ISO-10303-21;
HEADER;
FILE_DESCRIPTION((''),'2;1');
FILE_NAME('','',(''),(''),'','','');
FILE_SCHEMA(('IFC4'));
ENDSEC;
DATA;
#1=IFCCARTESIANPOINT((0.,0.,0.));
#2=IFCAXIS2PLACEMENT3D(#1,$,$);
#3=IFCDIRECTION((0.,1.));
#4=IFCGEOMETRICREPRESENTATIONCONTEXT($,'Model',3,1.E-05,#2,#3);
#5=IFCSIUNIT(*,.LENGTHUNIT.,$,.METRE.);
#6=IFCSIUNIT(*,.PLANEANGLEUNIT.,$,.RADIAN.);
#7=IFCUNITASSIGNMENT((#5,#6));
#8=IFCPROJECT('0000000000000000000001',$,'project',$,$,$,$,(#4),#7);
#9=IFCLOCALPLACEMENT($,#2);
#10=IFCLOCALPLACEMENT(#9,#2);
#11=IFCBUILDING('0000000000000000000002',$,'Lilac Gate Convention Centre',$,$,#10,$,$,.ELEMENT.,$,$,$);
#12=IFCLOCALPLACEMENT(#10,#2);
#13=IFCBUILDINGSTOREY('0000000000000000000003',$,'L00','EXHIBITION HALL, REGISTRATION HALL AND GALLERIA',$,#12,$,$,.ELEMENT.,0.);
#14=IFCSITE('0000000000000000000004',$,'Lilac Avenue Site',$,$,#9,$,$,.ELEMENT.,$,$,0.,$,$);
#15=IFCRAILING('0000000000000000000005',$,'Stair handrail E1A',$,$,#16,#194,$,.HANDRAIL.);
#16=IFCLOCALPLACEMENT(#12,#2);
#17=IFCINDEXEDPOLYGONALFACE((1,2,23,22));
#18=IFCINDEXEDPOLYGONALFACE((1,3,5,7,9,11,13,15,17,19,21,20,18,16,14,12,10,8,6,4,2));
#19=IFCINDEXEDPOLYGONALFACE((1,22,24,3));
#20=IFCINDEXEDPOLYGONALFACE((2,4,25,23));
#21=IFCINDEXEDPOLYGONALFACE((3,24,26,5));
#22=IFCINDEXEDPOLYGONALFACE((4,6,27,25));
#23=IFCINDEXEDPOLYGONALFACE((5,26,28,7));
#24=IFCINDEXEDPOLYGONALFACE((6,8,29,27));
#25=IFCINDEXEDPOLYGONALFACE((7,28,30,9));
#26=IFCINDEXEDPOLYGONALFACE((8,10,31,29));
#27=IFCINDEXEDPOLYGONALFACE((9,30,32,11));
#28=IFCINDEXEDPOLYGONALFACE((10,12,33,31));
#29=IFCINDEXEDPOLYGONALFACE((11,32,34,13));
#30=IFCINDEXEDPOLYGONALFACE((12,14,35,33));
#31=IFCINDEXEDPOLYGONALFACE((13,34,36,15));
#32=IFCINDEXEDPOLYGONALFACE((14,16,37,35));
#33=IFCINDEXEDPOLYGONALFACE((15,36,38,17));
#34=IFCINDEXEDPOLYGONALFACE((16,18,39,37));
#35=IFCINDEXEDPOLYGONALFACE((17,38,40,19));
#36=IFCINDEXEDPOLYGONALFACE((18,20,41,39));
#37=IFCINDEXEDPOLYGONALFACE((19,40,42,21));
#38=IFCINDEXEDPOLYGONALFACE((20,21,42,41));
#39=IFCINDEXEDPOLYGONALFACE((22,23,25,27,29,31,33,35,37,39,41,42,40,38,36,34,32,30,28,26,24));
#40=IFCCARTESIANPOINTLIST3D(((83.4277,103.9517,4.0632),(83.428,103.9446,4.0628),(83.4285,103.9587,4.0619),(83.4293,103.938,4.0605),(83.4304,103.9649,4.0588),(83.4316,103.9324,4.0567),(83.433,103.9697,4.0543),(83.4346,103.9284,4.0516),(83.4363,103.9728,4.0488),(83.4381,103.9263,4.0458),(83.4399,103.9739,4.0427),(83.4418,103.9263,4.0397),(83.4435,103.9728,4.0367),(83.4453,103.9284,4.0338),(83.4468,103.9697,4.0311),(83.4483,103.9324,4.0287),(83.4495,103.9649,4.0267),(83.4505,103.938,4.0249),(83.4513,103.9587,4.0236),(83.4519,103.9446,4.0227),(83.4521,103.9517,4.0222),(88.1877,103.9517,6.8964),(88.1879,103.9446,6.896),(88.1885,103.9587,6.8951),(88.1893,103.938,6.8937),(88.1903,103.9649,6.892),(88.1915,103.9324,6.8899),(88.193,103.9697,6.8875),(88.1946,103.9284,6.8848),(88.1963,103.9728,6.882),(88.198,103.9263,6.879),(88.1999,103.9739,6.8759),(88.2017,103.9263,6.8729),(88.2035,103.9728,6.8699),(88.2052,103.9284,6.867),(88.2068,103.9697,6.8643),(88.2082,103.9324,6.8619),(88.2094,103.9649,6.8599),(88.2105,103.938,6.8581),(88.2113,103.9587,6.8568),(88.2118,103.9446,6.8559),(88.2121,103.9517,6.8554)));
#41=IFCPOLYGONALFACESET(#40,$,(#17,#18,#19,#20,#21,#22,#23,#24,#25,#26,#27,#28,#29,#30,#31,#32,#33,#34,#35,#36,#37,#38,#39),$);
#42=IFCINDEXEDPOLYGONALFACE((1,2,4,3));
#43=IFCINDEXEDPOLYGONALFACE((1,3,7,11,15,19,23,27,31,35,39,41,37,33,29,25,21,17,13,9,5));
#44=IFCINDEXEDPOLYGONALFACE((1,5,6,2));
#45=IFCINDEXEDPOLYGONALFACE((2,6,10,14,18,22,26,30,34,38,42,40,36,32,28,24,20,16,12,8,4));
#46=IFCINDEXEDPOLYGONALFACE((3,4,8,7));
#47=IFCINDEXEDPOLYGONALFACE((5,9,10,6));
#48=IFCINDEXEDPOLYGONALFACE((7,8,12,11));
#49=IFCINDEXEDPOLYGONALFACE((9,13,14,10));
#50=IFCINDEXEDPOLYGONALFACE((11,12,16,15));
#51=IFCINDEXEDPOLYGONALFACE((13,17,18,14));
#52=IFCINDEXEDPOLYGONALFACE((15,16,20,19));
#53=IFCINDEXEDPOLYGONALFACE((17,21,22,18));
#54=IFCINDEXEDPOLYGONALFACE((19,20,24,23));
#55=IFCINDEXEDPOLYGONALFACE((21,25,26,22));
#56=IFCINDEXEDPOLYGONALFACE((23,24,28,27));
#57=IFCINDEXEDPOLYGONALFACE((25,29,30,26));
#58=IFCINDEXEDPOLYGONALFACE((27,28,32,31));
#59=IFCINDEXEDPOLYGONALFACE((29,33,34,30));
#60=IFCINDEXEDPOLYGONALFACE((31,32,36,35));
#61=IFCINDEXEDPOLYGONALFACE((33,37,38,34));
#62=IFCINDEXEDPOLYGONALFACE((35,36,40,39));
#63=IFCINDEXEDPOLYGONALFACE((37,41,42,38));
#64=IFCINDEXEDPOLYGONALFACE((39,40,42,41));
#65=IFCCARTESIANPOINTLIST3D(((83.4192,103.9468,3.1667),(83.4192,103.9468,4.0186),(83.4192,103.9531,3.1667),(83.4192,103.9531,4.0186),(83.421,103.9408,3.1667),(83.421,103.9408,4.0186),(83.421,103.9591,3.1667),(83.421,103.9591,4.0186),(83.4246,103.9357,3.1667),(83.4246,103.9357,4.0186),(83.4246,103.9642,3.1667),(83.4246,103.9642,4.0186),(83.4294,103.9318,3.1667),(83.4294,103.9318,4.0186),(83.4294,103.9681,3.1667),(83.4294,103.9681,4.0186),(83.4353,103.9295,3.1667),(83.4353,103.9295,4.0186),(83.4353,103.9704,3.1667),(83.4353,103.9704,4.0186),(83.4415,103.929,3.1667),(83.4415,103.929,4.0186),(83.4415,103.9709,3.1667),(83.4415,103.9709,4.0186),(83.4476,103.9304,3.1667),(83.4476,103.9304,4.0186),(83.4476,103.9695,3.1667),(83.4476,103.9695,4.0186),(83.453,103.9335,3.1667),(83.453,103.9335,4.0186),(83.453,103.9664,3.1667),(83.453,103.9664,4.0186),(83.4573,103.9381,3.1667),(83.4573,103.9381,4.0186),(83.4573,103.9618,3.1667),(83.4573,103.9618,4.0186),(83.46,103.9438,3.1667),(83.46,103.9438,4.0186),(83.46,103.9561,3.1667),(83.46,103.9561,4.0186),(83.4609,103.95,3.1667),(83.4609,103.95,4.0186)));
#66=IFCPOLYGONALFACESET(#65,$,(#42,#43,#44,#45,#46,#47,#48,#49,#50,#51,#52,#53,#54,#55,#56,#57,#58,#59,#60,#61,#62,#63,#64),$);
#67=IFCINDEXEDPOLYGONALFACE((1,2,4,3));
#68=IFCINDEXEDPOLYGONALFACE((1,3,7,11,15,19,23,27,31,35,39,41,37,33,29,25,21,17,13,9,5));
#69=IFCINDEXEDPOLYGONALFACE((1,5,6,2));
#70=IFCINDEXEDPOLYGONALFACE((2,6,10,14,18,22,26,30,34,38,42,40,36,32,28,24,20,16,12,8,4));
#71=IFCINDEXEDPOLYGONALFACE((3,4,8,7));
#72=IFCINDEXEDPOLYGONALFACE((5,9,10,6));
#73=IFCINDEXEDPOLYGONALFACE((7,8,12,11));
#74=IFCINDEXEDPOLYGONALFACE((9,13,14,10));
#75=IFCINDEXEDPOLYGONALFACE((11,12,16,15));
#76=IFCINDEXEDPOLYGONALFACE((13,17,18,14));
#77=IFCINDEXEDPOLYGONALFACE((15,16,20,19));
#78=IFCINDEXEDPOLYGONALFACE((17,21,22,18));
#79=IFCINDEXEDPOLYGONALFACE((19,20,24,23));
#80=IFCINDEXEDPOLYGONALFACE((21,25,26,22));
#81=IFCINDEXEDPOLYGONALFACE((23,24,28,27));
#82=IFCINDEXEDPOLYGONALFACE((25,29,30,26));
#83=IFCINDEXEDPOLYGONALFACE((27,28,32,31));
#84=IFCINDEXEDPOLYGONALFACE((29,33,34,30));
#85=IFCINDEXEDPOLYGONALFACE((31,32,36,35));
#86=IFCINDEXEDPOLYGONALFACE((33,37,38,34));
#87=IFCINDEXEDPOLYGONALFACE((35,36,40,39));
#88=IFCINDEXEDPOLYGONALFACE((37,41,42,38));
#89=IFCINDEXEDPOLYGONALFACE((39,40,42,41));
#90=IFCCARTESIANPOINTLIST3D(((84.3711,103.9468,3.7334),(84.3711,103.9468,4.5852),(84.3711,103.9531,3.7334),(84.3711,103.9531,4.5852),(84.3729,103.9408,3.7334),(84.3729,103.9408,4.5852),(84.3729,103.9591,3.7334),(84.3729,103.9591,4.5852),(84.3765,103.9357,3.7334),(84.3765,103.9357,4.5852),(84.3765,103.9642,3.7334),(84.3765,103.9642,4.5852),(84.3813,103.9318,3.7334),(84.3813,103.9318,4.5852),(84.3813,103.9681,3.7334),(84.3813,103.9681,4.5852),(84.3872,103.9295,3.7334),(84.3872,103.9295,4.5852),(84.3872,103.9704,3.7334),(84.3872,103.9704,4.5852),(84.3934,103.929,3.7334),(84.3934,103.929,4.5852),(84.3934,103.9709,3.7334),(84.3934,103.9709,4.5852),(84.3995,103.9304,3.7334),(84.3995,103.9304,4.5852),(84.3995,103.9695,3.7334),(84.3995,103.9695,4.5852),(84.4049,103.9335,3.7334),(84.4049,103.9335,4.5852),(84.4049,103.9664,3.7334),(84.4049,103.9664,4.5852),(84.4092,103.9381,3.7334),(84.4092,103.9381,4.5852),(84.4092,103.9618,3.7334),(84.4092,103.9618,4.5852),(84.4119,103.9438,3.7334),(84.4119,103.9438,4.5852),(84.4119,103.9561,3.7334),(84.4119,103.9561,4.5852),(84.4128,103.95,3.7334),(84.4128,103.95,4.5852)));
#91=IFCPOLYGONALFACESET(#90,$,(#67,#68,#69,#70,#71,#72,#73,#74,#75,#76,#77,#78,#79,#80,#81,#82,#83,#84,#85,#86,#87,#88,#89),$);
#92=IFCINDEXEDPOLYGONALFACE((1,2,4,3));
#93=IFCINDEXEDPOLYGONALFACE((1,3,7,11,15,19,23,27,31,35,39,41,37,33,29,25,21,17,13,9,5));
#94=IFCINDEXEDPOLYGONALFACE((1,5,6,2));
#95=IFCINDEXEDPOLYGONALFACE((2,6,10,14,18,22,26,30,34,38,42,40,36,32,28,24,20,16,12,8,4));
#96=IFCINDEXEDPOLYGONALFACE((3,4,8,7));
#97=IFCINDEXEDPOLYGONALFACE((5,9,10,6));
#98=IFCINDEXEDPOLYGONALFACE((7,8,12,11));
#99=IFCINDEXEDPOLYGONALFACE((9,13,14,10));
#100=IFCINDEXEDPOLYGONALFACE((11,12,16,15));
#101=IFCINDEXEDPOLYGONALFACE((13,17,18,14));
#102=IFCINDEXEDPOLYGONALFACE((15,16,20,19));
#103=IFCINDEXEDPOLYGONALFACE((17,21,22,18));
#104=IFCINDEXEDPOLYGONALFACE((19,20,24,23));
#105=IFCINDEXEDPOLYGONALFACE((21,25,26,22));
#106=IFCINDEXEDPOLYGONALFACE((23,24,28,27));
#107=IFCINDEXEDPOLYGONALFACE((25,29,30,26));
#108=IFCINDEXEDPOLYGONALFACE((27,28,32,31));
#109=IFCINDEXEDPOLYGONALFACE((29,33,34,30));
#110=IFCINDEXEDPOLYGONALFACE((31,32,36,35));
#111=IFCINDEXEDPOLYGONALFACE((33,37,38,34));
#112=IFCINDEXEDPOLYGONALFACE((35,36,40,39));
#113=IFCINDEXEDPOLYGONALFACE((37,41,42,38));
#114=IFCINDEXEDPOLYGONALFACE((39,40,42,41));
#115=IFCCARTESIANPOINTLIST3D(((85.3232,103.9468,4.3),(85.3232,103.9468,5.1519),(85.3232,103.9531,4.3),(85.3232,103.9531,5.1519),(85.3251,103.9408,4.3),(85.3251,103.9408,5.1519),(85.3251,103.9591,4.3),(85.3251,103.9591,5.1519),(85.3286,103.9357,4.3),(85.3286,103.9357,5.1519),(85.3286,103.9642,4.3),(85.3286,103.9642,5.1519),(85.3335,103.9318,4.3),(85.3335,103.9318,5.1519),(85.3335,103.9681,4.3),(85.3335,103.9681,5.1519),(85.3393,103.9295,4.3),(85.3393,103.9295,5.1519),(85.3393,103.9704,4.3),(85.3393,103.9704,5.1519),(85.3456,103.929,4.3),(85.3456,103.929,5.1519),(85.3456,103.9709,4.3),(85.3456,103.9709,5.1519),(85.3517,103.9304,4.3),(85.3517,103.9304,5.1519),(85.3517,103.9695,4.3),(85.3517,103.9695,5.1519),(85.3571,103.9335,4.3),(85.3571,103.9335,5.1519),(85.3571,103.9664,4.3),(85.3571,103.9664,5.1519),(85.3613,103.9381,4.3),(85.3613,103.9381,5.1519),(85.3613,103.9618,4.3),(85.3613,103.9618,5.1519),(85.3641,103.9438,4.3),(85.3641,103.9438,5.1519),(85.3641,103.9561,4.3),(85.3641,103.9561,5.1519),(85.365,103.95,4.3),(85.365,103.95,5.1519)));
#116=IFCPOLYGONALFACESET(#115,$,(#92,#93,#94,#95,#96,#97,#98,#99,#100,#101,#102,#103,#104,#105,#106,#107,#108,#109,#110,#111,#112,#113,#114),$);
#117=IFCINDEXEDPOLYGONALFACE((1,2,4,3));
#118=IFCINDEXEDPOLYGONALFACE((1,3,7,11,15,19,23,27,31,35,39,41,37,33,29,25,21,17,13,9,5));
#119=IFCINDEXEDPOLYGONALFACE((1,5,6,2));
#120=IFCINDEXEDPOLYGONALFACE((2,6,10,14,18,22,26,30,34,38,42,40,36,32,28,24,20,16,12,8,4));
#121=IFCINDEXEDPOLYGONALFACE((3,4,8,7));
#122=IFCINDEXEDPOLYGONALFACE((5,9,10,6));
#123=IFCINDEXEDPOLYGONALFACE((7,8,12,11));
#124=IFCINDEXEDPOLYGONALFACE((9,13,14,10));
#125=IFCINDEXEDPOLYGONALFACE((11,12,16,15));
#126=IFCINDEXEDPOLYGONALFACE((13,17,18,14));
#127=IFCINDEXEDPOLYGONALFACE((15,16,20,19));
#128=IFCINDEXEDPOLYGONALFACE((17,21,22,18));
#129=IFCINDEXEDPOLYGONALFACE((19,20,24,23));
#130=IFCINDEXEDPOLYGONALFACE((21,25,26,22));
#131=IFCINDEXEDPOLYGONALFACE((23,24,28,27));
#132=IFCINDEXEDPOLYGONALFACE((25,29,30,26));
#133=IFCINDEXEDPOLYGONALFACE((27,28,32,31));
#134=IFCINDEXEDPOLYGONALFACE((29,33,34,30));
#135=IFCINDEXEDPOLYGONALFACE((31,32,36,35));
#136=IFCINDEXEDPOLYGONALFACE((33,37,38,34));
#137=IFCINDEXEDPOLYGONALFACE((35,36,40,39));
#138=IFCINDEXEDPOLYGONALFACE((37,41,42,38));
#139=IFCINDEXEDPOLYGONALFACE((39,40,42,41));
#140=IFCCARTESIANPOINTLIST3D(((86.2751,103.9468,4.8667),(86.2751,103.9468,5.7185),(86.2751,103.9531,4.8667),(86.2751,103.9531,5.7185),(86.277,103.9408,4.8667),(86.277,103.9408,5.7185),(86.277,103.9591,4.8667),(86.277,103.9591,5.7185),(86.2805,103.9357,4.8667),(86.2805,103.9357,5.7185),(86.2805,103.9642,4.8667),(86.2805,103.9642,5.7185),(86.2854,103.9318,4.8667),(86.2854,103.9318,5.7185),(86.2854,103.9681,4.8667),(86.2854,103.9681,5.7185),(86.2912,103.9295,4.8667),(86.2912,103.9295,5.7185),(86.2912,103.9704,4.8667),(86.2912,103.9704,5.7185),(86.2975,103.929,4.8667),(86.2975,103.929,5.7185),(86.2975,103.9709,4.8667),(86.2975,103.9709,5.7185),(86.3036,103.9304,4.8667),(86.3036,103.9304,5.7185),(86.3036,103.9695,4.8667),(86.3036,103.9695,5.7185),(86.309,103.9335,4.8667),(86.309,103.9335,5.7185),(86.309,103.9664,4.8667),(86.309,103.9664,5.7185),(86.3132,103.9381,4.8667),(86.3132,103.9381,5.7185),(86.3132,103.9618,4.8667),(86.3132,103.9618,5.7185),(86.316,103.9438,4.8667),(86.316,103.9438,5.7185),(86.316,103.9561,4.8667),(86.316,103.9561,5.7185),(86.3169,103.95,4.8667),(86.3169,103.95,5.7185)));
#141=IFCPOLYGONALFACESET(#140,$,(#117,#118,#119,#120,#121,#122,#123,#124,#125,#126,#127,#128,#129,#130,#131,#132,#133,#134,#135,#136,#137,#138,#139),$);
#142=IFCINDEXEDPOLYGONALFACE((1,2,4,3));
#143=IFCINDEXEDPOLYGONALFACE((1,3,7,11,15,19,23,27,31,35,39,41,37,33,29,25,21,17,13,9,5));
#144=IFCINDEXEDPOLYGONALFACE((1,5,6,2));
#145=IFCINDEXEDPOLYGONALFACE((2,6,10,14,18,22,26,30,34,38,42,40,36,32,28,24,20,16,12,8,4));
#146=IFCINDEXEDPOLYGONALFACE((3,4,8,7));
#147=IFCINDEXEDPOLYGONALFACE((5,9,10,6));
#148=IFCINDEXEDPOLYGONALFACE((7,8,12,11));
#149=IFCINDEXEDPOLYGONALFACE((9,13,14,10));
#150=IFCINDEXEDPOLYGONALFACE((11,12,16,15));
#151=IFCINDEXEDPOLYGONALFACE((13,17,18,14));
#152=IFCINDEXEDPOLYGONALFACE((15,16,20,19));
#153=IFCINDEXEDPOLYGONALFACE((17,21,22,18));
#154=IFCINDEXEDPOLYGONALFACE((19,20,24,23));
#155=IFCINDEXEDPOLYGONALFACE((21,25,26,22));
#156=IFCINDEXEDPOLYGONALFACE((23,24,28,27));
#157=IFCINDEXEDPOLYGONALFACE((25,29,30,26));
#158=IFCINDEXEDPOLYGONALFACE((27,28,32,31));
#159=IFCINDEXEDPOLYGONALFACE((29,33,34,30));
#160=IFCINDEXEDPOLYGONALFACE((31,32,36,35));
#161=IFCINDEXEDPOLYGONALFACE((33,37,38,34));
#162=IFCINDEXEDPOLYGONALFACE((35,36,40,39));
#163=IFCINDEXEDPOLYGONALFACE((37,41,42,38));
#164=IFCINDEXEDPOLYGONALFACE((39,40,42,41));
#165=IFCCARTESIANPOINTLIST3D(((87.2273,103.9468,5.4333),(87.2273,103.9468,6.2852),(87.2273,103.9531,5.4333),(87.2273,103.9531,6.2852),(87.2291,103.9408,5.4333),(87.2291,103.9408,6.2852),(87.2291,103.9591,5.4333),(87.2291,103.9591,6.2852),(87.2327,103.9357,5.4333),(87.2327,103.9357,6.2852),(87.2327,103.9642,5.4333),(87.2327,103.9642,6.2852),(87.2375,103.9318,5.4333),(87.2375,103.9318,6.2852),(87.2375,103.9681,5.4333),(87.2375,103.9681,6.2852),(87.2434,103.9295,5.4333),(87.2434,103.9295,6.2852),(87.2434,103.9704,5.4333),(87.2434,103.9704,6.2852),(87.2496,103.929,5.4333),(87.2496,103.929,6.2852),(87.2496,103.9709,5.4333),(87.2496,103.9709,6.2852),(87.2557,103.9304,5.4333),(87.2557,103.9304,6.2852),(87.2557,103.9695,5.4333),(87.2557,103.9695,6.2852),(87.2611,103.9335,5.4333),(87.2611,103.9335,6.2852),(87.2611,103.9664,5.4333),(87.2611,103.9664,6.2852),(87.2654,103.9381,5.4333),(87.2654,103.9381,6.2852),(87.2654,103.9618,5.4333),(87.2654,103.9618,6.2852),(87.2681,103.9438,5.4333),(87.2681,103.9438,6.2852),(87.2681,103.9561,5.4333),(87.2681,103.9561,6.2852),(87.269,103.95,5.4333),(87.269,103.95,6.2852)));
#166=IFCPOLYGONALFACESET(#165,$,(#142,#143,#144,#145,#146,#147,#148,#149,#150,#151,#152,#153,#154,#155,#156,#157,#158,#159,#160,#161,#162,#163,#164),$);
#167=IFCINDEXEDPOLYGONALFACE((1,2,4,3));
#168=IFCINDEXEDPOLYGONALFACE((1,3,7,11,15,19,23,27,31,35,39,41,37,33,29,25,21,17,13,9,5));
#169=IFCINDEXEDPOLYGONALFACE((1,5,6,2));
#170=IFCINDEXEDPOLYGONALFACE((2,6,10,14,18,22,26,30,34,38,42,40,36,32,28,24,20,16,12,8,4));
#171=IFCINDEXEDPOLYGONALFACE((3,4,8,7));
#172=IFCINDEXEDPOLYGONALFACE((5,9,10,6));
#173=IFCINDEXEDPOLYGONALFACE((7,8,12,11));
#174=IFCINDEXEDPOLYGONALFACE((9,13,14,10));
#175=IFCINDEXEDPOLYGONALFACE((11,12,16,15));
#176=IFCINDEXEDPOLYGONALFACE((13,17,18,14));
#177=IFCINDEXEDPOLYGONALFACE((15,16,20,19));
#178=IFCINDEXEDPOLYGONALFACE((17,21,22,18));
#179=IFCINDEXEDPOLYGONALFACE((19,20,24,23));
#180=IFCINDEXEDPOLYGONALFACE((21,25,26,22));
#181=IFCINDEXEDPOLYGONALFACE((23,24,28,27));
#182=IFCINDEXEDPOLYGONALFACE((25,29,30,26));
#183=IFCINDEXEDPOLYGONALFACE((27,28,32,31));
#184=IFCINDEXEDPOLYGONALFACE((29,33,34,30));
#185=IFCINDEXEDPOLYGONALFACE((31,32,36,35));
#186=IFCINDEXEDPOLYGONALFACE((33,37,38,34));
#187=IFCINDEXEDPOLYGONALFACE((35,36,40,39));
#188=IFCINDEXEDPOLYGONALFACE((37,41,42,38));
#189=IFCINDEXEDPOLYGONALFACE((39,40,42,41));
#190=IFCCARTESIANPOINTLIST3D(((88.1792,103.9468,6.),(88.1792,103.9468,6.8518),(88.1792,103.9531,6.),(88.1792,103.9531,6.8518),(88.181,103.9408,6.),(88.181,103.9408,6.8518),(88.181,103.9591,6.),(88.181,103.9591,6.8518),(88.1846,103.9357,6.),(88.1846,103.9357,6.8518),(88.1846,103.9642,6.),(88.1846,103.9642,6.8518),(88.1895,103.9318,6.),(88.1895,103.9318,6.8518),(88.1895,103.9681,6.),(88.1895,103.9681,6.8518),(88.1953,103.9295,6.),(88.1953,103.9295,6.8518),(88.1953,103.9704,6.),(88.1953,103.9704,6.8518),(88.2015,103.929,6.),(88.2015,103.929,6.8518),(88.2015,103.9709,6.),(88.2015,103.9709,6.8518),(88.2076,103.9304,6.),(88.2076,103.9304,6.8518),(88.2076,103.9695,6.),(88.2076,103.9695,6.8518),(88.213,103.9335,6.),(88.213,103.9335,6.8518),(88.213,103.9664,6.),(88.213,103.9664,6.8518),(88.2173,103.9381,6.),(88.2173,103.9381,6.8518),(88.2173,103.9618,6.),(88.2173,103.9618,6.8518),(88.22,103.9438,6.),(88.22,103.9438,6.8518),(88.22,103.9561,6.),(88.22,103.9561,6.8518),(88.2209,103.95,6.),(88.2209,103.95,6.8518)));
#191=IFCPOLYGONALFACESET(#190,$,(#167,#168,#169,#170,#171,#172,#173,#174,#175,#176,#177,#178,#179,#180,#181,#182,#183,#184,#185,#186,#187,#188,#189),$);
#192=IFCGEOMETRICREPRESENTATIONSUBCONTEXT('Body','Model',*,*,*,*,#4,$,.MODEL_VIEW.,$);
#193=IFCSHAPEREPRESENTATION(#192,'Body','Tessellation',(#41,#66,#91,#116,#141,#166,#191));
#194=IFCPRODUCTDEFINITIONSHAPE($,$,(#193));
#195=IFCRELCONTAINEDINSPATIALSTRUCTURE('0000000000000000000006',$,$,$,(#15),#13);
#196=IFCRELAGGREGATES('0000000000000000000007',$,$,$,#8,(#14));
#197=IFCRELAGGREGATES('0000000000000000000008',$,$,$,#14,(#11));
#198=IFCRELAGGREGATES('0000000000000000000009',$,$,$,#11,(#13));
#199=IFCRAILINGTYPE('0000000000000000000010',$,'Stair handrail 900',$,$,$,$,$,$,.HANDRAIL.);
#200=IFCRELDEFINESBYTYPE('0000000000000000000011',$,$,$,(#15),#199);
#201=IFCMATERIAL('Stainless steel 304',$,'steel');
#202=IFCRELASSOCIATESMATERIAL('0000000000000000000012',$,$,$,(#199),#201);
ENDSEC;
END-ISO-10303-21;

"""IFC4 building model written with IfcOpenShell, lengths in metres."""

from ifc_helpers import new_model, si_unit, direction, frame, origin, origin_2d, place, context, subcontext, project, spatial, circle, extrude, material, type_object, element, save


model = new_model("IFC4")

# Units and contexts
model_context = context("Model", 3, precision=1e-05, world=origin(), true_north=direction((0.0, 1.0)))
body_context = subcontext(model_context, "Body", "Model", "MODEL_VIEW")
ifc_project = project(units=[si_unit("LENGTHUNIT", "METRE"), si_unit("PLANEANGLEUNIT", "RADIAN")], contexts=[model_context])

# Site, building, storey
site_placement = place(None, origin())
site = spatial("IfcSite", under=ifc_project, at=site_placement, Name="Lilac Avenue Site", CompositionType="ELEMENT", RefElevation=0.0)
building_placement = place(site_placement, origin())
building = spatial("IfcBuilding", under=site, at=building_placement, Name="Lilac Gate Convention Centre", CompositionType="ELEMENT")
storey_placement = place(building_placement, origin())
storey = spatial("IfcBuildingStorey", under=building, at=storey_placement, Name="L00", Description="EXHIBITION HALL, REGISTRATION HALL AND GALLERIA", CompositionType="ELEMENT", Elevation=0.0)

# Shared definitions
ifc_material_1 = material(Name="Stainless steel 304", Category="steel")

# Railing
railing_type = type_object("IfcRailingType", Name="Stair handrail 900", PredefinedType="HANDRAIL", material=ifc_material_1)
for number, where, name in (
    (1, (83.4399, 103.95, 3.1667), "Stair handrail E1A"),
):
    element("IfcRailing", number, at=place(storey_placement, frame(where)), inside=storey, type_object=railing_type, Name=name, PredefinedType="HANDRAIL", context=body_context, shape_type="SweptSolid", body=[
        extrude(circle(Radius=0.0239, at=origin_2d()), frame((0.0, 0.0, 0.876), z_axis=(0.8593, 0.0, 0.511472), x_axis=(0.0, 1.0, 0.0)), (0.0, 0.0, 1.0), 5.5393),
        extrude(circle(Radius=0.021, at=origin_2d()), origin(), (0.0, 0.0, 1.0), 0.8518),
        extrude(circle(Radius=0.021, at=origin_2d()), frame((0.9519, 0.0, 0.5667)), (0.0, 0.0, 1.0), 0.8518),
        extrude(circle(Radius=0.021, at=origin_2d()), frame((1.9041, 0.0, 1.1333)), (0.0, 0.0, 1.0), 0.8518),
        extrude(circle(Radius=0.021, at=origin_2d()), frame((2.856, 0.0, 1.7)), (0.0, 0.0, 1.0), 0.8518),
        extrude(circle(Radius=0.021, at=origin_2d()), frame((3.8081, 0.0, 2.2666)), (0.0, 0.0, 1.0), 0.8518),
        extrude(circle(Radius=0.021, at=origin_2d()), frame((4.76, 0.0, 2.8333)), (0.0, 0.0, 1.0), 0.8518),
    ])

save(model, "model.ifc")
